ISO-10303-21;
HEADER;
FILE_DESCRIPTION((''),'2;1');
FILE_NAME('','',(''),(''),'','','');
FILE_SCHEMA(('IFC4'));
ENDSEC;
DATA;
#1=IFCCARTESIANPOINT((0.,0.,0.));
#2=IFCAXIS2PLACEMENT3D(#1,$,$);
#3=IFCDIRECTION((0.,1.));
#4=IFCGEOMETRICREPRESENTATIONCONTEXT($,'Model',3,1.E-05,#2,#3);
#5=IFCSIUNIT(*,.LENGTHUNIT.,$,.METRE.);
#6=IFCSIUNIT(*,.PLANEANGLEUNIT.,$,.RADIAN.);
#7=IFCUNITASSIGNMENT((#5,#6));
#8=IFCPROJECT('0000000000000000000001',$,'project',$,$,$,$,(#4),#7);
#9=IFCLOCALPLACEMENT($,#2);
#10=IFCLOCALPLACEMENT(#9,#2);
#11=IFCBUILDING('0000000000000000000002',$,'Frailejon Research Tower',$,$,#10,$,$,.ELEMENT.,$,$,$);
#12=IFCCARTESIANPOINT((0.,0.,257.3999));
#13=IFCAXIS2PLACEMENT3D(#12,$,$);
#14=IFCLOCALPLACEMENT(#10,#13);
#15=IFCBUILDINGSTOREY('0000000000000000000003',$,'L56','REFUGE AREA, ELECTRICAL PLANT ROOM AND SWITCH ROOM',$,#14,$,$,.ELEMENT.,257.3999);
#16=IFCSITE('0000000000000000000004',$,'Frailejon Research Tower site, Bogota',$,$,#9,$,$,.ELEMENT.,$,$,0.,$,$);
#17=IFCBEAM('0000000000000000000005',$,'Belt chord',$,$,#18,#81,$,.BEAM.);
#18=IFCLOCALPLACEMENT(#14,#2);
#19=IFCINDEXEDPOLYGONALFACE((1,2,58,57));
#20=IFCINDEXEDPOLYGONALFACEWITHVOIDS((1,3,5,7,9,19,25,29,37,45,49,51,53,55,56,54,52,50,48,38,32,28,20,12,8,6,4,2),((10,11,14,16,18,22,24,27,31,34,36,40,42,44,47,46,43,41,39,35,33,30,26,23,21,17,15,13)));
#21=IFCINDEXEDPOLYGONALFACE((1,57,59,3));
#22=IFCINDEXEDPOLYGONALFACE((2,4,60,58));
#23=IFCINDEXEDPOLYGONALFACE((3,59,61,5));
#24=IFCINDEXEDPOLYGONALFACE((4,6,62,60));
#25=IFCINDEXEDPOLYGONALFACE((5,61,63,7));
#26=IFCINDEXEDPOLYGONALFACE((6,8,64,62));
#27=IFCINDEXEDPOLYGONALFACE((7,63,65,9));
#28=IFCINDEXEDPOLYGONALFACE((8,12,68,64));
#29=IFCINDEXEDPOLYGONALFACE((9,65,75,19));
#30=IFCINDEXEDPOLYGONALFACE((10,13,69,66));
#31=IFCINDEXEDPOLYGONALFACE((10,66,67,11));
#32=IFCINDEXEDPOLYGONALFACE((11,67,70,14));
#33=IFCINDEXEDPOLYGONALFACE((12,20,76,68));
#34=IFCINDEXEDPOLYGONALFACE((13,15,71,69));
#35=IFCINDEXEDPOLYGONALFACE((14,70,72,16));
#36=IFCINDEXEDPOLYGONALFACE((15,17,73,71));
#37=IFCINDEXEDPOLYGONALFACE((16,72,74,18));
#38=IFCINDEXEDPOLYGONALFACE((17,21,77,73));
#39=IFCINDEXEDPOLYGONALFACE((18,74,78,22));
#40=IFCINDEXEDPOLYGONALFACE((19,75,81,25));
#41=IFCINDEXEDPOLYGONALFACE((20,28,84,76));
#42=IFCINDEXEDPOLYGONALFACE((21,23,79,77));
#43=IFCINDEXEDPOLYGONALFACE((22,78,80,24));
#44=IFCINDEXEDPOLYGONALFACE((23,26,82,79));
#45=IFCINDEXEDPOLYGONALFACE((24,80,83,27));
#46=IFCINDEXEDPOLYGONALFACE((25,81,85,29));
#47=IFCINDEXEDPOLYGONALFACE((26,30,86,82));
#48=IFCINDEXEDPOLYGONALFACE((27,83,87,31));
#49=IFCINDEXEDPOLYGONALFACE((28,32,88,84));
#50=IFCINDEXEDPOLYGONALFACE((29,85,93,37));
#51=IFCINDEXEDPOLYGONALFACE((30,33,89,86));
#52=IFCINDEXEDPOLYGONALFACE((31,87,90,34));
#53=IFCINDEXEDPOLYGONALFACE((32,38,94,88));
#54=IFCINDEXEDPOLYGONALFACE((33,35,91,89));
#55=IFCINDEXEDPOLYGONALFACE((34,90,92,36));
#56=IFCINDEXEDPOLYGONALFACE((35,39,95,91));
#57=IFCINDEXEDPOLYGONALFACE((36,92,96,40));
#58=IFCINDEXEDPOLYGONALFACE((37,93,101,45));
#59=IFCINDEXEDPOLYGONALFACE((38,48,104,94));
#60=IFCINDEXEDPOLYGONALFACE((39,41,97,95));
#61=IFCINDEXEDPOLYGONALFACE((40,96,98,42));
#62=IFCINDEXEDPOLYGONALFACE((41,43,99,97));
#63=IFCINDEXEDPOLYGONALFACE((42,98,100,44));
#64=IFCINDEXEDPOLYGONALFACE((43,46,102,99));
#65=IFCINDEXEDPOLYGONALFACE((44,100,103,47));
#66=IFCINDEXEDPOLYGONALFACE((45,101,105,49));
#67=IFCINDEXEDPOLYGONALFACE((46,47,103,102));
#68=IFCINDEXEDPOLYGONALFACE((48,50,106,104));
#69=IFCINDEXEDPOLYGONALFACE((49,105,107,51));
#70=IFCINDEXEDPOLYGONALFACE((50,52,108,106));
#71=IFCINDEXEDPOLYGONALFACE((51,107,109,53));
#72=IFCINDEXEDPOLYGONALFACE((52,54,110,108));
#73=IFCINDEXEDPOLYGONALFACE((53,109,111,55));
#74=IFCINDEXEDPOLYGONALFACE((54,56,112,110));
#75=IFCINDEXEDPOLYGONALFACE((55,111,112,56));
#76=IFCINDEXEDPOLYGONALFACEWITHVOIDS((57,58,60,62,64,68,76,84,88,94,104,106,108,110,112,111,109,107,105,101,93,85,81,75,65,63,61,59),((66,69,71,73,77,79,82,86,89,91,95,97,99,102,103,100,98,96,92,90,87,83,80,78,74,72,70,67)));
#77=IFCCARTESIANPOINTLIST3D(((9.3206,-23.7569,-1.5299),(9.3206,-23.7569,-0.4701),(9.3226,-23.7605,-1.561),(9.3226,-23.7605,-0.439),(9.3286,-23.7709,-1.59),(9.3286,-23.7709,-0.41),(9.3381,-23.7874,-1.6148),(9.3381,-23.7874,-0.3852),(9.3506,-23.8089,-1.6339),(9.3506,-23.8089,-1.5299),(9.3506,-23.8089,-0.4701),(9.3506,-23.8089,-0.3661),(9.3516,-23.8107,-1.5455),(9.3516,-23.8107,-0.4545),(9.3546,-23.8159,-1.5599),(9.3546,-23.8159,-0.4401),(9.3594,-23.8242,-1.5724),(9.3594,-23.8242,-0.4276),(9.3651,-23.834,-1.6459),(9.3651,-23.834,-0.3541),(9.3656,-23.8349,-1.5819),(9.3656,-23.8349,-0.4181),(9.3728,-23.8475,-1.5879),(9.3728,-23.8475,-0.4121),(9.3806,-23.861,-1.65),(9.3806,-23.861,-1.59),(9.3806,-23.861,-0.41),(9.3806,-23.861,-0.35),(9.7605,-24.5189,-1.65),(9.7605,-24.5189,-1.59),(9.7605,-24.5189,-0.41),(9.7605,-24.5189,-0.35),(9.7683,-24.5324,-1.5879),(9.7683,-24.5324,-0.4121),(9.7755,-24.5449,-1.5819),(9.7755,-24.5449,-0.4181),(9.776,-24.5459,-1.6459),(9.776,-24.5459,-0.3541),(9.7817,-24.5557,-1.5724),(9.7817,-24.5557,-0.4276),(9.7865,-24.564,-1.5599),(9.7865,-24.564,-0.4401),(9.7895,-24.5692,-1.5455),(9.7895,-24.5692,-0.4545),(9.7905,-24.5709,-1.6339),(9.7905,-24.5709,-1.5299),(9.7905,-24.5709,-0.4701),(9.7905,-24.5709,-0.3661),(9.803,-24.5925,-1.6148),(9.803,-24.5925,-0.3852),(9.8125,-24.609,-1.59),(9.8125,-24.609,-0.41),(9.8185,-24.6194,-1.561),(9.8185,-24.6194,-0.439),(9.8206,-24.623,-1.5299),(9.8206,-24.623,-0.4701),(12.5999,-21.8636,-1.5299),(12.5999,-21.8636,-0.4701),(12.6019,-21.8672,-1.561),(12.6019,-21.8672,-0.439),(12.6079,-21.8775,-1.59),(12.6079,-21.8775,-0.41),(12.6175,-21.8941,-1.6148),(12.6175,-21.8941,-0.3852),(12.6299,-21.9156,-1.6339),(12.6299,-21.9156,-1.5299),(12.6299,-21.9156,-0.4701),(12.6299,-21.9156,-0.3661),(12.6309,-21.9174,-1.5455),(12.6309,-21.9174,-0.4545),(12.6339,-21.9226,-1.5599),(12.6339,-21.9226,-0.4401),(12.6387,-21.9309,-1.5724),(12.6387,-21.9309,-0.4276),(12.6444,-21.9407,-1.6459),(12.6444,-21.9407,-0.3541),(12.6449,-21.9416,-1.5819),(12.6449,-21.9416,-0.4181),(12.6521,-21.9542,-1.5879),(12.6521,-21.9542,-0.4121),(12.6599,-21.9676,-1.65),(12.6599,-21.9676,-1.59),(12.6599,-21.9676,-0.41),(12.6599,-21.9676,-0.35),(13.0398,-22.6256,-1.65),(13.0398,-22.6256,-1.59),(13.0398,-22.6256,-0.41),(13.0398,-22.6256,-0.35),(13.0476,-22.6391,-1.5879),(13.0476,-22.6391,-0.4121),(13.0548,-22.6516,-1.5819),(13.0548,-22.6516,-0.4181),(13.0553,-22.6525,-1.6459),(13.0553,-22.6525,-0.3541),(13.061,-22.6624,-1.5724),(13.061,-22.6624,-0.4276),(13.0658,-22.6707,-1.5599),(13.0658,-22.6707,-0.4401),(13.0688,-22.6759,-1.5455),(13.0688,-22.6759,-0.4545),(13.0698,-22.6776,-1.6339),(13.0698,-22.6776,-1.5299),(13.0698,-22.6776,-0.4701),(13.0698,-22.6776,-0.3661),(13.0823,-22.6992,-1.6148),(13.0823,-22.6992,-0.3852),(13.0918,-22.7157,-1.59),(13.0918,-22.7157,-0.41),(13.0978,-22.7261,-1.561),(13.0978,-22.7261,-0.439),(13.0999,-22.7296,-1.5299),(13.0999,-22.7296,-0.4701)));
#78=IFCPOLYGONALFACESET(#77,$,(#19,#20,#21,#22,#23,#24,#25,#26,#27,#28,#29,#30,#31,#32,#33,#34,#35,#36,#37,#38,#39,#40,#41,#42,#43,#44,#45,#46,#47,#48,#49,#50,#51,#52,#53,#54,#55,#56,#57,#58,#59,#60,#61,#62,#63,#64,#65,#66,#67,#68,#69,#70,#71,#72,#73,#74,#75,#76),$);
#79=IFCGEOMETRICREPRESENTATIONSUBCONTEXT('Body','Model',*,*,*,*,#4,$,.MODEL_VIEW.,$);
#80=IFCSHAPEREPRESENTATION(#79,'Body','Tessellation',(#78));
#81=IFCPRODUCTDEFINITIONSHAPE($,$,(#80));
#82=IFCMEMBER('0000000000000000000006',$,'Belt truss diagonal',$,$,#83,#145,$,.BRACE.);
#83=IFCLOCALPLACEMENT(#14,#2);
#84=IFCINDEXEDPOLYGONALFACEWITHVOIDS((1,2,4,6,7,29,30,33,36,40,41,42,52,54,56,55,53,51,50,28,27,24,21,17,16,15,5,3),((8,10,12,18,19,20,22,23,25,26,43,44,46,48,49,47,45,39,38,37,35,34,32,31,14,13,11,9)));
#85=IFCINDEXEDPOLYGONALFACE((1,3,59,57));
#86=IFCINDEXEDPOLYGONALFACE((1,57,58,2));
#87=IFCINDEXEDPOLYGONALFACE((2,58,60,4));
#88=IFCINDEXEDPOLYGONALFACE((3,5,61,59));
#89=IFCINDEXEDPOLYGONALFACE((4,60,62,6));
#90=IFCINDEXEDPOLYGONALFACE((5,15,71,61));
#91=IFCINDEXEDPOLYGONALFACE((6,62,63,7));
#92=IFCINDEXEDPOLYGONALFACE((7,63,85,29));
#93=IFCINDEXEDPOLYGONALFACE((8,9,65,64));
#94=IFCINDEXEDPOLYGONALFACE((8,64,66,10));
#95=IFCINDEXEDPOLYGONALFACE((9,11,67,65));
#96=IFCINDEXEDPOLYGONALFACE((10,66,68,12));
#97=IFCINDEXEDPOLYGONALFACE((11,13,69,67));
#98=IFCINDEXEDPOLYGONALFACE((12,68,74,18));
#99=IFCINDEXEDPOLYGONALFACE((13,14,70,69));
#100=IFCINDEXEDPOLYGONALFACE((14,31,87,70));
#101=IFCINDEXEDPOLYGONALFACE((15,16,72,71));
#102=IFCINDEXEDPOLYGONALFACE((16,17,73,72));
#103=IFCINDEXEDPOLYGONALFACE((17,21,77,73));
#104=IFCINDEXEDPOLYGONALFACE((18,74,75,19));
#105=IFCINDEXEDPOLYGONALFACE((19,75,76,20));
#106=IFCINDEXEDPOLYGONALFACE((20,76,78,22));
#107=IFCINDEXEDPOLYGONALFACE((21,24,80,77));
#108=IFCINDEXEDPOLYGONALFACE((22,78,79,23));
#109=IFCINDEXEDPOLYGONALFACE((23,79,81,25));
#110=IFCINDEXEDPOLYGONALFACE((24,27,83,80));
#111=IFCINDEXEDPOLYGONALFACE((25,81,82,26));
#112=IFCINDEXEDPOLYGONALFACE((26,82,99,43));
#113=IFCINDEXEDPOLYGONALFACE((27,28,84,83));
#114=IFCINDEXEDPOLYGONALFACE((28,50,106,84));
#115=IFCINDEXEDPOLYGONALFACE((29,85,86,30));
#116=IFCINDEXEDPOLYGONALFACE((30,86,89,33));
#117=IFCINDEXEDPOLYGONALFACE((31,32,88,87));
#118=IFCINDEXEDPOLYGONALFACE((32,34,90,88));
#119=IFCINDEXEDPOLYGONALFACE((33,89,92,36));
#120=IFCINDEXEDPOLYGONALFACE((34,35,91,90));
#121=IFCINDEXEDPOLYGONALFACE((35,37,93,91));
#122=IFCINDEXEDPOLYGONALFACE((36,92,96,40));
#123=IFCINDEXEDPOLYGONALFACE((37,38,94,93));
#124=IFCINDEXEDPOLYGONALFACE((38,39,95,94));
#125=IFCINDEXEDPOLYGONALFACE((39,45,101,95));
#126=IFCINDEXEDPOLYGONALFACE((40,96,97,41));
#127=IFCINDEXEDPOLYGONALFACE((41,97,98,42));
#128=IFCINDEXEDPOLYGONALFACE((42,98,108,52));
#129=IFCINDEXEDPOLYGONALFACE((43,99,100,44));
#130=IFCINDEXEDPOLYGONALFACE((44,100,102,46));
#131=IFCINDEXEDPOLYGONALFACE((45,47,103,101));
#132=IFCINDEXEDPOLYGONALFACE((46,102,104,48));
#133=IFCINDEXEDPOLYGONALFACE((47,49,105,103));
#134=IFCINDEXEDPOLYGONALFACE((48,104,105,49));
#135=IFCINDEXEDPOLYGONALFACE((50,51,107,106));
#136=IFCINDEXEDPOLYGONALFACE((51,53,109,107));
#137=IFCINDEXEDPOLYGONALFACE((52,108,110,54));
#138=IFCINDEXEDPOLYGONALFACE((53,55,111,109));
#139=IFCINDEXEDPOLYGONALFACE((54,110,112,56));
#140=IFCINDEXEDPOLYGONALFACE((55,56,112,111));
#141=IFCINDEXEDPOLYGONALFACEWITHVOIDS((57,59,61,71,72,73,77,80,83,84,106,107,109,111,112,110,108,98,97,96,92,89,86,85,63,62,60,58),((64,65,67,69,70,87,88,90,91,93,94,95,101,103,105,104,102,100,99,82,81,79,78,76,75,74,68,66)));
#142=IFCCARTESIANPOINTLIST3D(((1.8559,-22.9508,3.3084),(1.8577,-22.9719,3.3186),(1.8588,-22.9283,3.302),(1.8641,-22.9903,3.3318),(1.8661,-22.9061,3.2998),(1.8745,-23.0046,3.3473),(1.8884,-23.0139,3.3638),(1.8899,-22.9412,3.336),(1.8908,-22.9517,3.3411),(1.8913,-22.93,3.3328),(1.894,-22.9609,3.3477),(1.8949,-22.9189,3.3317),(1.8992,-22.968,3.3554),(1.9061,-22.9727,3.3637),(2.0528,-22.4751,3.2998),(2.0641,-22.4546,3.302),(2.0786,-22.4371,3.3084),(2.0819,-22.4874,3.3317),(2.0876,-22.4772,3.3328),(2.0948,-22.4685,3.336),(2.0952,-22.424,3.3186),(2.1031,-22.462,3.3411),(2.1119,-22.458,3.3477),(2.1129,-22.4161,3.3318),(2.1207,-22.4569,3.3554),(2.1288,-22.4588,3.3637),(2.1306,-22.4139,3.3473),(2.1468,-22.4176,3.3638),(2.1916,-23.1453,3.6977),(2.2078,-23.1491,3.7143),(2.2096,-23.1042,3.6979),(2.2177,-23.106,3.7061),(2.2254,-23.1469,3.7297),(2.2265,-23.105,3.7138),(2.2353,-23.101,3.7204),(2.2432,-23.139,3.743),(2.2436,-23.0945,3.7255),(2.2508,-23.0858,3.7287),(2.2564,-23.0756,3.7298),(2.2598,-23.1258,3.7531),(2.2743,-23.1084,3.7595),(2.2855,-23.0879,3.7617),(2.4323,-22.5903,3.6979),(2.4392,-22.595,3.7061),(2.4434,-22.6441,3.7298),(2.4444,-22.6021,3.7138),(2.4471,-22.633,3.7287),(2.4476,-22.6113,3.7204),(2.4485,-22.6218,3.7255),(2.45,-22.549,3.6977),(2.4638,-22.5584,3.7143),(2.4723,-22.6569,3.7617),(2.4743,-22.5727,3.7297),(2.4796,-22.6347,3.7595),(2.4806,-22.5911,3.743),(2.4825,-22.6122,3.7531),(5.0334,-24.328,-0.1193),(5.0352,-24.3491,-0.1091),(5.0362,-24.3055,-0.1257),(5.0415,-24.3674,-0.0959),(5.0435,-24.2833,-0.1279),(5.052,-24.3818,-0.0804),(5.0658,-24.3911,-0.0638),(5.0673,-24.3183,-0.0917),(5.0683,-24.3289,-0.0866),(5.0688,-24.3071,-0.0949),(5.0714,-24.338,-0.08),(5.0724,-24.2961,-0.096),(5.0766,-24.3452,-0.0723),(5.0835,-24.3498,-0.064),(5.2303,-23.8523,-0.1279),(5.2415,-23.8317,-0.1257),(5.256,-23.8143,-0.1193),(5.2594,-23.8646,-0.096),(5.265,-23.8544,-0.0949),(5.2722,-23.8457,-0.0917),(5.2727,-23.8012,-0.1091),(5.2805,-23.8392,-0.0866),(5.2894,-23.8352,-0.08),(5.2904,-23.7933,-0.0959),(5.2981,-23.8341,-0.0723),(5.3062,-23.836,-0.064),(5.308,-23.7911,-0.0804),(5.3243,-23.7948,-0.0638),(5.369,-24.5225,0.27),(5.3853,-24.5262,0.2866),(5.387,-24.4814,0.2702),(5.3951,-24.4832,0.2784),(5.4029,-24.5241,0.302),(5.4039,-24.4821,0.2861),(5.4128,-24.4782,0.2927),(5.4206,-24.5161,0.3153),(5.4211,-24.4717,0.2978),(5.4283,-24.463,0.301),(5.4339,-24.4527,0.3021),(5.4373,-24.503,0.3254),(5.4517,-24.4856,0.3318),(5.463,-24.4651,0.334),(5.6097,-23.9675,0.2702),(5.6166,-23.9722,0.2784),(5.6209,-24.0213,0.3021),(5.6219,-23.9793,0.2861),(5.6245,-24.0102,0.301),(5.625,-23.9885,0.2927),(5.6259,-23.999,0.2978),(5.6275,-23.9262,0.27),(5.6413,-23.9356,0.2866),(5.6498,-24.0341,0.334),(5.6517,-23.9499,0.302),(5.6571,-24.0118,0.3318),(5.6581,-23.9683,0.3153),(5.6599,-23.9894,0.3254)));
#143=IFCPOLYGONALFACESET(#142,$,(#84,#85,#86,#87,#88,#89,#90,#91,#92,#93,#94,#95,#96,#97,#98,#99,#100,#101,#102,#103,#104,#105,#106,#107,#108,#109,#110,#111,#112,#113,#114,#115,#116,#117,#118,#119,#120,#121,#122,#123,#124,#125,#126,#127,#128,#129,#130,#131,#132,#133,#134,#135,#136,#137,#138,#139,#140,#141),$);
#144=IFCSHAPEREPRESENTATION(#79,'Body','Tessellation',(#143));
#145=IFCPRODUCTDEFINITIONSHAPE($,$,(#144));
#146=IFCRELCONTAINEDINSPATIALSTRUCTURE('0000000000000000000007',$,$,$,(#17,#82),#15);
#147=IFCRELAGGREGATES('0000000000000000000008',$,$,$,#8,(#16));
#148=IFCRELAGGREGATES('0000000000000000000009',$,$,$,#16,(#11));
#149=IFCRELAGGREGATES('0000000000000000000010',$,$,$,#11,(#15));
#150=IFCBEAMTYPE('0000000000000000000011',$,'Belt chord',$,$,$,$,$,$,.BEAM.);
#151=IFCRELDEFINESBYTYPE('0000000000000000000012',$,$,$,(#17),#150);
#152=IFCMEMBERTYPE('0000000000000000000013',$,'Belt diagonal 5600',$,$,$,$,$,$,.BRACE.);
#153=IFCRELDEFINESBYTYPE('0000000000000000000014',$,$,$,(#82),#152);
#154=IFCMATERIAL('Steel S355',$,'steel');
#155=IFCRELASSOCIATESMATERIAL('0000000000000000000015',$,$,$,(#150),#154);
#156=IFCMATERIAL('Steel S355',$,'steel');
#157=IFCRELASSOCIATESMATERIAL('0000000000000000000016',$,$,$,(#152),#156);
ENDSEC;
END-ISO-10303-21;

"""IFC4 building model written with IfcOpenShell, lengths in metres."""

from ifc_helpers import new_model, si_unit, direction, frame, origin, origin_2d, place, context, subcontext, project, spatial, hollow_rectangle, extrude, material, material_profile, profile_set, type_object, element, save


model = new_model("IFC4")

# Units and contexts
model_context = context("Model", 3, precision=1e-05, world=origin(), true_north=direction((0.0, 1.0)))
body_context = subcontext(model_context, "Body", "Model", "MODEL_VIEW")
ifc_project = project(units=[si_unit("LENGTHUNIT", "METRE"), si_unit("PLANEANGLEUNIT", "RADIAN")], contexts=[model_context])

# Site, building, storey
site_placement = place(None, origin())
site = spatial("IfcSite", under=ifc_project, at=site_placement, Name="Frailejon Research Tower site, Bogota", CompositionType="ELEMENT", RefElevation=0.0)
building_placement = place(site_placement, origin())
building = spatial("IfcBuilding", under=site, at=building_placement, Name="Frailejon Research Tower", CompositionType="ELEMENT")
storey_placement = place(building_placement, frame((0.0, 0.0, 257.3999)))
storey = spatial("IfcBuildingStorey", under=building, at=storey_placement, Name="L56", Description="REFUGE AREA, ELECTRICAL PLANT ROOM AND SWITCH ROOM", CompositionType="ELEMENT", Elevation=257.3999)

# Beam
ifc_material_1 = material(Name="Steel S355", Category="steel")
ifc_material_profile_1 = material_profile(ifc_material_1, hollow_rectangle(XDim=1.0, YDim=1.3, WallThickness=0.0601, InnerFilletRadius=0.0601, OuterFilletRadius=0.1201, at=origin_2d()), Name="Belt chord")
ifc_profile_set_1 = profile_set([ifc_material_profile_1], Name="Steel S355")
beam_type_1 = type_object("IfcBeamType", Name="Belt chord", PredefinedType="BEAM", material=ifc_profile_set_1)
beam_1_placement = place(storey_placement, frame((9.5706, -24.1899, -1.0), z_axis=(0.866025, 0.500002, 0.0), x_axis=(-0.500002, 0.866025, 0.0)))
element("IfcBeam", 1, at=beam_1_placement, inside=storey, type_object=beam_type_1, Name="Belt chord", PredefinedType="BEAM", context=body_context, shape_type="SweptSolid", body=[
    extrude(hollow_rectangle(XDim=1.0, YDim=1.3, WallThickness=0.0601, InnerFilletRadius=0.0601, OuterFilletRadius=0.1201, at=origin_2d()), origin(), (0.0, 0.0, 1.0), 3.7866),
])

# Member
ifc_material_2 = material(Name="Steel S355", Category="steel")
ifc_material_profile_2 = material_profile(ifc_material_2, hollow_rectangle(XDim=0.6499, YDim=0.6499, WallThickness=0.0449, InnerFilletRadius=0.0449, OuterFilletRadius=0.0901, at=origin_2d()), Name="Belt diagonal 5600")
ifc_profile_set_2 = profile_set([ifc_material_profile_2], Name="Steel S355")
member_type = type_object("IfcMemberType", Name="Belt diagonal 5600", PredefinedType="BRACE", material=ifc_profile_set_2)
member_1_placement = place(storey_placement, frame((2.1692, -22.7815, 3.5308), z_axis=(0.65211, -0.28264, -0.703468), x_axis=(0.397677, 0.917526, 0.0)))
element("IfcMember", 2, at=member_1_placement, inside=storey, type_object=member_type, Name="Belt truss diagonal", PredefinedType="BRACE", context=body_context, shape_type="SweptSolid", body=[
    extrude(hollow_rectangle(XDim=0.6499, YDim=0.6499, WallThickness=0.0449, InnerFilletRadius=0.0449, OuterFilletRadius=0.0901, at=origin_2d()), origin(), (0.0, 0.0, 1.0), 4.8726),
])

save(model, "model.ifc")
